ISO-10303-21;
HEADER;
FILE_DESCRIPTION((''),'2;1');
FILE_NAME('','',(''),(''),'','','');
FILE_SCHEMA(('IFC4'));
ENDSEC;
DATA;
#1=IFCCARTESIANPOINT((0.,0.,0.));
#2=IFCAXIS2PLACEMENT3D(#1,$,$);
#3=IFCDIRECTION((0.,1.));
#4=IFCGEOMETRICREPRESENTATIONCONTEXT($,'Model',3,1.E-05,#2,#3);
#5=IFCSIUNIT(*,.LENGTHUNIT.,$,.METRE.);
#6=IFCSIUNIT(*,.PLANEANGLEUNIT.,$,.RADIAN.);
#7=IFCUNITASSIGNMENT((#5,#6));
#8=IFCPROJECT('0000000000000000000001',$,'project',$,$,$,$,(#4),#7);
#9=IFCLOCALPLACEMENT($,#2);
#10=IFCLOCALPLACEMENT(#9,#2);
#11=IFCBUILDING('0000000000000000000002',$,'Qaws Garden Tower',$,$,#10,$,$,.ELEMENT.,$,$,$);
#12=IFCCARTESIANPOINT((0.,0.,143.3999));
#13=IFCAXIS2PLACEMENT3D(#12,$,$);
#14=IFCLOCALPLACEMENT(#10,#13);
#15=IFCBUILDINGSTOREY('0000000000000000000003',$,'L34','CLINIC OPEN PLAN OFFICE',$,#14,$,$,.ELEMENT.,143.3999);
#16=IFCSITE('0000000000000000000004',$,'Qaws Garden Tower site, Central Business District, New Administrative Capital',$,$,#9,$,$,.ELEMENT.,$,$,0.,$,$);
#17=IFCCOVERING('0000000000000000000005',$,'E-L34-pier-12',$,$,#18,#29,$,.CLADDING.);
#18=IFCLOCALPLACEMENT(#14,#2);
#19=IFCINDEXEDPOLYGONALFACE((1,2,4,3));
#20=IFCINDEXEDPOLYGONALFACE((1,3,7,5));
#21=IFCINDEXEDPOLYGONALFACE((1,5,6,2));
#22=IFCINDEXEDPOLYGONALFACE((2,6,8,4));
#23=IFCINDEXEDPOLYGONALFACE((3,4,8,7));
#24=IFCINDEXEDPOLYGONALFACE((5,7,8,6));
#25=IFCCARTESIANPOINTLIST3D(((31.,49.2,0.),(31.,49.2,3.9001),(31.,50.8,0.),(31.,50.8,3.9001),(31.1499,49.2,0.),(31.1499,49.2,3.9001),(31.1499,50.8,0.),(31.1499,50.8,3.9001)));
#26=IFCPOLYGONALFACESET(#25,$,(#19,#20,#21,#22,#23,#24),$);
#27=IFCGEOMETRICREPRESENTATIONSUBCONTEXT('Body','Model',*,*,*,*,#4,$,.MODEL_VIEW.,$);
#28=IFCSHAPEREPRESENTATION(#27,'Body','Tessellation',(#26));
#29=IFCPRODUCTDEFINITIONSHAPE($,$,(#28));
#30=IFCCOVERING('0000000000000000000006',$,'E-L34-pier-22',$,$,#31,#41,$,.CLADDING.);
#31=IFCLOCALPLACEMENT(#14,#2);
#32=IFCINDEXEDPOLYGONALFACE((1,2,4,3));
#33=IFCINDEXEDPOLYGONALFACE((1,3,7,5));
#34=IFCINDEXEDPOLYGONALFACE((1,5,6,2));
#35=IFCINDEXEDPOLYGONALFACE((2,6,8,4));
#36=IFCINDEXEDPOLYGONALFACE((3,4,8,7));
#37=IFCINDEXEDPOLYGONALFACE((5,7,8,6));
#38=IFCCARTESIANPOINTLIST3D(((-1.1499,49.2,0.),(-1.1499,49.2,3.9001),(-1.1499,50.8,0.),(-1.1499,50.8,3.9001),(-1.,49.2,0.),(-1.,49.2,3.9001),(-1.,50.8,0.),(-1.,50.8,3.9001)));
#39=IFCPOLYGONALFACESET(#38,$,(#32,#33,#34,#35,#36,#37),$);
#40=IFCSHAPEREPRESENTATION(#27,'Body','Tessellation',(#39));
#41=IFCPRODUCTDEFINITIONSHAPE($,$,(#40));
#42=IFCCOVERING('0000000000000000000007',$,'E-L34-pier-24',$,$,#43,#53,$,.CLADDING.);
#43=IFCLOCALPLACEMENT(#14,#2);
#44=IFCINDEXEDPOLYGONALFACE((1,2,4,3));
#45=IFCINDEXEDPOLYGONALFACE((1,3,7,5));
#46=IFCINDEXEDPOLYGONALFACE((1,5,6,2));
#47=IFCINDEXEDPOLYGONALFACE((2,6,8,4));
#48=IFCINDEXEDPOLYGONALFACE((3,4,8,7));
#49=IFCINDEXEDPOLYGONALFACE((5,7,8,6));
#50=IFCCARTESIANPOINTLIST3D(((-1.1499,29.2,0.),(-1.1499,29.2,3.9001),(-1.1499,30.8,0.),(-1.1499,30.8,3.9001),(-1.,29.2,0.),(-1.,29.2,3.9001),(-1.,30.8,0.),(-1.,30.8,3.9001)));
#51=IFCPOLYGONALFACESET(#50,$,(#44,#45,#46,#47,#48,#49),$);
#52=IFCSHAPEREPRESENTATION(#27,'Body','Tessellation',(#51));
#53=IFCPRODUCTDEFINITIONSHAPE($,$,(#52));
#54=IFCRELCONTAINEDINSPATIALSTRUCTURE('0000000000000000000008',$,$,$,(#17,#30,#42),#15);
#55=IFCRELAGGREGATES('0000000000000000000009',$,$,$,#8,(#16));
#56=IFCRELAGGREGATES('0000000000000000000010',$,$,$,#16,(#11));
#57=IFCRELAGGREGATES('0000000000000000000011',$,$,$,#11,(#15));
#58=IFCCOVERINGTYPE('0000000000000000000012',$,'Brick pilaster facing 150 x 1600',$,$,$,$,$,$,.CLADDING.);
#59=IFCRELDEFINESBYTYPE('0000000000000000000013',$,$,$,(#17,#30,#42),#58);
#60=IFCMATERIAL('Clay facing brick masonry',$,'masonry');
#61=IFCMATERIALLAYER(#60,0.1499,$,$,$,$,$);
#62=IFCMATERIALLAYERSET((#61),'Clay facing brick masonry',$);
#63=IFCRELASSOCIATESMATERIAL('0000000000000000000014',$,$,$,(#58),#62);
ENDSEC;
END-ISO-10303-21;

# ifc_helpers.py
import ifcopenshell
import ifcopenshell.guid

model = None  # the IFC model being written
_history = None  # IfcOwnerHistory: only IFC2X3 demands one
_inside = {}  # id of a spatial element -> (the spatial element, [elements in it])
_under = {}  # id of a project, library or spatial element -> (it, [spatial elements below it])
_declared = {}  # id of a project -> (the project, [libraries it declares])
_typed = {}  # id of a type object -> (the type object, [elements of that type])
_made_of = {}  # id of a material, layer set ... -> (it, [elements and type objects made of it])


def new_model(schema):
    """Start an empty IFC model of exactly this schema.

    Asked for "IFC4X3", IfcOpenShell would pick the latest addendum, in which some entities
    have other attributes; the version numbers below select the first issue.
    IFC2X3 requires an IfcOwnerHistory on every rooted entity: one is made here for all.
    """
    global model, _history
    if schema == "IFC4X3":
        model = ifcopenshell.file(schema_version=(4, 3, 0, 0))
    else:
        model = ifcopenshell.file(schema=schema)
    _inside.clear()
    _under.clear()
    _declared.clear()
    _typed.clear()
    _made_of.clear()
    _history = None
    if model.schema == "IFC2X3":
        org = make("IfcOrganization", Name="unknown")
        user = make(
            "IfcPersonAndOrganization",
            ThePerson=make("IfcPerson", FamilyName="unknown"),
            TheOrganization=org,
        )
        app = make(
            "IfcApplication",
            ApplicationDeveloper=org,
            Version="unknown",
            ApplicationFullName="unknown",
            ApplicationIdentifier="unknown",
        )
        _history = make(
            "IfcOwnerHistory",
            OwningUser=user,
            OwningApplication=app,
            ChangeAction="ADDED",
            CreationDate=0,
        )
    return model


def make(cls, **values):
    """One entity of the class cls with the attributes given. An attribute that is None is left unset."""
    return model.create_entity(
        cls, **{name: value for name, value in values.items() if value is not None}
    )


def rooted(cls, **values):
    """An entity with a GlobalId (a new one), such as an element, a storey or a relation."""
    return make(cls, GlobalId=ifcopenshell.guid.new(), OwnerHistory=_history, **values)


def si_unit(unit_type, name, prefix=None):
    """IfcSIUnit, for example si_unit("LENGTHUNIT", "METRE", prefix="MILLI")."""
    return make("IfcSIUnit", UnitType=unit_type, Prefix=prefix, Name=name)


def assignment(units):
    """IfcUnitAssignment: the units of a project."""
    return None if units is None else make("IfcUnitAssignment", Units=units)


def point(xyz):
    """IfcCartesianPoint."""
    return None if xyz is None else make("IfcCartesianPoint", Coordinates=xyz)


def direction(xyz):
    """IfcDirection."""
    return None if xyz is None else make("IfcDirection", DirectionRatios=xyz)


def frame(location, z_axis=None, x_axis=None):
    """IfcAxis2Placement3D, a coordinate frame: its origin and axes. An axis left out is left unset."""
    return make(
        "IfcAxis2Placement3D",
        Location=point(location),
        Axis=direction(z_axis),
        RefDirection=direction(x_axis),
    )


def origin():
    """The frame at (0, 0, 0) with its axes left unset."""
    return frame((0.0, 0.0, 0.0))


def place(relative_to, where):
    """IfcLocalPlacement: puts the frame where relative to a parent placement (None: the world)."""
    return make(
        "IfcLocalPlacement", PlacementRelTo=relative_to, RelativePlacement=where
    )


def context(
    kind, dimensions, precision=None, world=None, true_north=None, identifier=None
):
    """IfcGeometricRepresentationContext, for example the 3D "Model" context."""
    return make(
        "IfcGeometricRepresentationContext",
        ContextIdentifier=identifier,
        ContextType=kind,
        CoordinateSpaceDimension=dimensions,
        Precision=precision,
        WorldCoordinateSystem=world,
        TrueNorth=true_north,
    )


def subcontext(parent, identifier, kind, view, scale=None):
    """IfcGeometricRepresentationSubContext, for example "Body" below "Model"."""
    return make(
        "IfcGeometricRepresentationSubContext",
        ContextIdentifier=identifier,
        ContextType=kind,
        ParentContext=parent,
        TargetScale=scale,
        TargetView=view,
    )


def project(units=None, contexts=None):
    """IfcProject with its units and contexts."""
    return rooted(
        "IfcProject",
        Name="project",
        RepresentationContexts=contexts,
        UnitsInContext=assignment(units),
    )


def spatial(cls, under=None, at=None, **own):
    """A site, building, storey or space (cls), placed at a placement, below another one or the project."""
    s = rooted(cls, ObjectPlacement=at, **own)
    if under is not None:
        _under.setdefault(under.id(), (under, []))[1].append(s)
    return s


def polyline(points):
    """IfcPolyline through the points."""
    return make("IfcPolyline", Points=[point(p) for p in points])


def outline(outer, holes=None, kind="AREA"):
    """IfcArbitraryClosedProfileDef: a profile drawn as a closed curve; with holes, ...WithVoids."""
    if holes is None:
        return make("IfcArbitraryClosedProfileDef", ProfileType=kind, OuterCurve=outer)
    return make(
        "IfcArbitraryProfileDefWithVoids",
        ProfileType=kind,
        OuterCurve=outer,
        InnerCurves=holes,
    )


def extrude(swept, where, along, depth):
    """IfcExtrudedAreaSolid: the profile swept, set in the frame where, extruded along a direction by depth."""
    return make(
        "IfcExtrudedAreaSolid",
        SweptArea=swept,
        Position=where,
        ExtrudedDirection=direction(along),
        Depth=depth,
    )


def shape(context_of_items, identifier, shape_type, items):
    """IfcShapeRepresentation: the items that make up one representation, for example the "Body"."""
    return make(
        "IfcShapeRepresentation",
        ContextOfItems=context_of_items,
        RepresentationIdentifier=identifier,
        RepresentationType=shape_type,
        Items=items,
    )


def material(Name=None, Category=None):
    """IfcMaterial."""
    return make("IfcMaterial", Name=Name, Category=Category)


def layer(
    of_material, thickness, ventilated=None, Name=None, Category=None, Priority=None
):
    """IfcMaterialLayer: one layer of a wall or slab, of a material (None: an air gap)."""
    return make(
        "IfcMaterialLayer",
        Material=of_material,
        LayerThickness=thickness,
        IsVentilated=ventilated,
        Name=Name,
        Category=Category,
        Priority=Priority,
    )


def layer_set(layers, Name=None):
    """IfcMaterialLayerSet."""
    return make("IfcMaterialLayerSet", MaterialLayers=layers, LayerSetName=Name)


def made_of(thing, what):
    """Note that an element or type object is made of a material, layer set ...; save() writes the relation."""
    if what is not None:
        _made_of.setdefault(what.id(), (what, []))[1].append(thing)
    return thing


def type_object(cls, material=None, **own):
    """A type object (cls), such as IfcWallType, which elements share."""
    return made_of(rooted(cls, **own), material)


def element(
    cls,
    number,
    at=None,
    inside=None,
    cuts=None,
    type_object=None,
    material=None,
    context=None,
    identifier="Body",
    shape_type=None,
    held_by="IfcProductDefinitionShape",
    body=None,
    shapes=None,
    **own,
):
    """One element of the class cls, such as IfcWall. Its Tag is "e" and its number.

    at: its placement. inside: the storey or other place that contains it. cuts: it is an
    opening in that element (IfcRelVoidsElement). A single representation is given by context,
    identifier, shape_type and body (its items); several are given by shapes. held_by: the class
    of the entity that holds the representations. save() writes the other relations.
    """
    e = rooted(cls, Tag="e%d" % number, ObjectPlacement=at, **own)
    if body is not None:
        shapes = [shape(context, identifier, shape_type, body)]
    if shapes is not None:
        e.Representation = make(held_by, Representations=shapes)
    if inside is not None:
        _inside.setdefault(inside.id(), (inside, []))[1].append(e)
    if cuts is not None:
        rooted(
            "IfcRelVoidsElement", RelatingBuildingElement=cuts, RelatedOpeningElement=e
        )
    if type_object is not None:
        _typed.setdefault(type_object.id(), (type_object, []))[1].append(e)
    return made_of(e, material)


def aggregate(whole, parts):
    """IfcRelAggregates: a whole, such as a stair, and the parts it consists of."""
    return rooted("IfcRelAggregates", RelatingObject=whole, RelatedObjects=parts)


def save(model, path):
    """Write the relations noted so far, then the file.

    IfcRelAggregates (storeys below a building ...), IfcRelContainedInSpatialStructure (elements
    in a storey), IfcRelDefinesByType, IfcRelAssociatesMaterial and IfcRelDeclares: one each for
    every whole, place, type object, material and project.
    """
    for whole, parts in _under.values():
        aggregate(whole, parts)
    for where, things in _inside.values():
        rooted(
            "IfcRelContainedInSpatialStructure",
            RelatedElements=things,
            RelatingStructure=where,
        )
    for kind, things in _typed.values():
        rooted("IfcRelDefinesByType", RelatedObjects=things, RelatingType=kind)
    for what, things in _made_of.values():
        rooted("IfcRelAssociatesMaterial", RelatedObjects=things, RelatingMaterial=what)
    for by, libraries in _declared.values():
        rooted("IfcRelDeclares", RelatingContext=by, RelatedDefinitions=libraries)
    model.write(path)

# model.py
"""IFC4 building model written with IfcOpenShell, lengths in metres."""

from ifc_helpers import new_model, si_unit, direction, frame, origin, place, context, subcontext, project, spatial, polyline, outline, extrude, material, layer, layer_set, type_object, element, save


model = new_model("IFC4")

# Units and contexts
model_context = context("Model", 3, precision=1e-05, world=origin(), true_north=direction((0.0, 1.0)))
body_context = subcontext(model_context, "Body", "Model", "MODEL_VIEW")
ifc_project = project(units=[si_unit("LENGTHUNIT", "METRE"), si_unit("PLANEANGLEUNIT", "RADIAN")], contexts=[model_context])

# Site, building, storey
site_placement = place(None, origin())
site = spatial("IfcSite", under=ifc_project, at=site_placement, Name="Qaws Garden Tower site, Central Business District, New Administrative Capital", CompositionType="ELEMENT", RefElevation=0.0)
building_placement = place(site_placement, origin())
building = spatial("IfcBuilding", under=site, at=building_placement, Name="Qaws Garden Tower", CompositionType="ELEMENT")
storey_placement = place(building_placement, frame((0.0, 0.0, 143.3999)))
storey = spatial("IfcBuildingStorey", under=building, at=storey_placement, Name="L34", Description="CLINIC OPEN PLAN OFFICE", CompositionType="ELEMENT", Elevation=143.3999)

# Shared definitions
placement = place(storey_placement, origin())

# Coverings
ifc_material_1 = material(Name="Clay facing brick masonry", Category="masonry")
ifc_layer_1 = layer(ifc_material_1, 0.1499)
ifc_layer_set_1 = layer_set([ifc_layer_1], Name="Clay facing brick masonry")
covering_type = type_object("IfcCoveringType", Name="Brick pilaster facing 150 x 1600", PredefinedType="CLADDING", material=ifc_layer_set_1)
element("IfcCovering", 1, at=placement, inside=storey, type_object=covering_type, Name="E-L34-pier-12", PredefinedType="CLADDING", context=body_context, shape_type="SweptSolid", body=[
    extrude(outline(polyline([(31.0, 49.2), (31.0, 50.8), (31.1499, 50.8), (31.1499, 49.2), (31.0, 49.2)])), origin(), (0.0, 0.0, 1.0), 3.9001),
])
element("IfcCovering", 2, at=placement, inside=storey, type_object=covering_type, Name="E-L34-pier-22", PredefinedType="CLADDING", context=body_context, shape_type="SweptSolid", body=[
    extrude(outline(polyline([(-1.0, 50.8), (-1.0, 49.2), (-1.1499, 49.2), (-1.1499, 50.8), (-1.0, 50.8)])), origin(), (0.0, 0.0, 1.0), 3.9001),
])
element("IfcCovering", 3, at=placement, inside=storey, type_object=covering_type, Name="E-L34-pier-24", PredefinedType="CLADDING", context=body_context, shape_type="SweptSolid", body=[
    extrude(outline(polyline([(-1.0, 30.8), (-1.0, 29.2), (-1.1499, 29.2), (-1.1499, 30.8), (-1.0, 30.8)])), origin(), (0.0, 0.0, 1.0), 3.9001),
])

save(model, "model.ifc")
